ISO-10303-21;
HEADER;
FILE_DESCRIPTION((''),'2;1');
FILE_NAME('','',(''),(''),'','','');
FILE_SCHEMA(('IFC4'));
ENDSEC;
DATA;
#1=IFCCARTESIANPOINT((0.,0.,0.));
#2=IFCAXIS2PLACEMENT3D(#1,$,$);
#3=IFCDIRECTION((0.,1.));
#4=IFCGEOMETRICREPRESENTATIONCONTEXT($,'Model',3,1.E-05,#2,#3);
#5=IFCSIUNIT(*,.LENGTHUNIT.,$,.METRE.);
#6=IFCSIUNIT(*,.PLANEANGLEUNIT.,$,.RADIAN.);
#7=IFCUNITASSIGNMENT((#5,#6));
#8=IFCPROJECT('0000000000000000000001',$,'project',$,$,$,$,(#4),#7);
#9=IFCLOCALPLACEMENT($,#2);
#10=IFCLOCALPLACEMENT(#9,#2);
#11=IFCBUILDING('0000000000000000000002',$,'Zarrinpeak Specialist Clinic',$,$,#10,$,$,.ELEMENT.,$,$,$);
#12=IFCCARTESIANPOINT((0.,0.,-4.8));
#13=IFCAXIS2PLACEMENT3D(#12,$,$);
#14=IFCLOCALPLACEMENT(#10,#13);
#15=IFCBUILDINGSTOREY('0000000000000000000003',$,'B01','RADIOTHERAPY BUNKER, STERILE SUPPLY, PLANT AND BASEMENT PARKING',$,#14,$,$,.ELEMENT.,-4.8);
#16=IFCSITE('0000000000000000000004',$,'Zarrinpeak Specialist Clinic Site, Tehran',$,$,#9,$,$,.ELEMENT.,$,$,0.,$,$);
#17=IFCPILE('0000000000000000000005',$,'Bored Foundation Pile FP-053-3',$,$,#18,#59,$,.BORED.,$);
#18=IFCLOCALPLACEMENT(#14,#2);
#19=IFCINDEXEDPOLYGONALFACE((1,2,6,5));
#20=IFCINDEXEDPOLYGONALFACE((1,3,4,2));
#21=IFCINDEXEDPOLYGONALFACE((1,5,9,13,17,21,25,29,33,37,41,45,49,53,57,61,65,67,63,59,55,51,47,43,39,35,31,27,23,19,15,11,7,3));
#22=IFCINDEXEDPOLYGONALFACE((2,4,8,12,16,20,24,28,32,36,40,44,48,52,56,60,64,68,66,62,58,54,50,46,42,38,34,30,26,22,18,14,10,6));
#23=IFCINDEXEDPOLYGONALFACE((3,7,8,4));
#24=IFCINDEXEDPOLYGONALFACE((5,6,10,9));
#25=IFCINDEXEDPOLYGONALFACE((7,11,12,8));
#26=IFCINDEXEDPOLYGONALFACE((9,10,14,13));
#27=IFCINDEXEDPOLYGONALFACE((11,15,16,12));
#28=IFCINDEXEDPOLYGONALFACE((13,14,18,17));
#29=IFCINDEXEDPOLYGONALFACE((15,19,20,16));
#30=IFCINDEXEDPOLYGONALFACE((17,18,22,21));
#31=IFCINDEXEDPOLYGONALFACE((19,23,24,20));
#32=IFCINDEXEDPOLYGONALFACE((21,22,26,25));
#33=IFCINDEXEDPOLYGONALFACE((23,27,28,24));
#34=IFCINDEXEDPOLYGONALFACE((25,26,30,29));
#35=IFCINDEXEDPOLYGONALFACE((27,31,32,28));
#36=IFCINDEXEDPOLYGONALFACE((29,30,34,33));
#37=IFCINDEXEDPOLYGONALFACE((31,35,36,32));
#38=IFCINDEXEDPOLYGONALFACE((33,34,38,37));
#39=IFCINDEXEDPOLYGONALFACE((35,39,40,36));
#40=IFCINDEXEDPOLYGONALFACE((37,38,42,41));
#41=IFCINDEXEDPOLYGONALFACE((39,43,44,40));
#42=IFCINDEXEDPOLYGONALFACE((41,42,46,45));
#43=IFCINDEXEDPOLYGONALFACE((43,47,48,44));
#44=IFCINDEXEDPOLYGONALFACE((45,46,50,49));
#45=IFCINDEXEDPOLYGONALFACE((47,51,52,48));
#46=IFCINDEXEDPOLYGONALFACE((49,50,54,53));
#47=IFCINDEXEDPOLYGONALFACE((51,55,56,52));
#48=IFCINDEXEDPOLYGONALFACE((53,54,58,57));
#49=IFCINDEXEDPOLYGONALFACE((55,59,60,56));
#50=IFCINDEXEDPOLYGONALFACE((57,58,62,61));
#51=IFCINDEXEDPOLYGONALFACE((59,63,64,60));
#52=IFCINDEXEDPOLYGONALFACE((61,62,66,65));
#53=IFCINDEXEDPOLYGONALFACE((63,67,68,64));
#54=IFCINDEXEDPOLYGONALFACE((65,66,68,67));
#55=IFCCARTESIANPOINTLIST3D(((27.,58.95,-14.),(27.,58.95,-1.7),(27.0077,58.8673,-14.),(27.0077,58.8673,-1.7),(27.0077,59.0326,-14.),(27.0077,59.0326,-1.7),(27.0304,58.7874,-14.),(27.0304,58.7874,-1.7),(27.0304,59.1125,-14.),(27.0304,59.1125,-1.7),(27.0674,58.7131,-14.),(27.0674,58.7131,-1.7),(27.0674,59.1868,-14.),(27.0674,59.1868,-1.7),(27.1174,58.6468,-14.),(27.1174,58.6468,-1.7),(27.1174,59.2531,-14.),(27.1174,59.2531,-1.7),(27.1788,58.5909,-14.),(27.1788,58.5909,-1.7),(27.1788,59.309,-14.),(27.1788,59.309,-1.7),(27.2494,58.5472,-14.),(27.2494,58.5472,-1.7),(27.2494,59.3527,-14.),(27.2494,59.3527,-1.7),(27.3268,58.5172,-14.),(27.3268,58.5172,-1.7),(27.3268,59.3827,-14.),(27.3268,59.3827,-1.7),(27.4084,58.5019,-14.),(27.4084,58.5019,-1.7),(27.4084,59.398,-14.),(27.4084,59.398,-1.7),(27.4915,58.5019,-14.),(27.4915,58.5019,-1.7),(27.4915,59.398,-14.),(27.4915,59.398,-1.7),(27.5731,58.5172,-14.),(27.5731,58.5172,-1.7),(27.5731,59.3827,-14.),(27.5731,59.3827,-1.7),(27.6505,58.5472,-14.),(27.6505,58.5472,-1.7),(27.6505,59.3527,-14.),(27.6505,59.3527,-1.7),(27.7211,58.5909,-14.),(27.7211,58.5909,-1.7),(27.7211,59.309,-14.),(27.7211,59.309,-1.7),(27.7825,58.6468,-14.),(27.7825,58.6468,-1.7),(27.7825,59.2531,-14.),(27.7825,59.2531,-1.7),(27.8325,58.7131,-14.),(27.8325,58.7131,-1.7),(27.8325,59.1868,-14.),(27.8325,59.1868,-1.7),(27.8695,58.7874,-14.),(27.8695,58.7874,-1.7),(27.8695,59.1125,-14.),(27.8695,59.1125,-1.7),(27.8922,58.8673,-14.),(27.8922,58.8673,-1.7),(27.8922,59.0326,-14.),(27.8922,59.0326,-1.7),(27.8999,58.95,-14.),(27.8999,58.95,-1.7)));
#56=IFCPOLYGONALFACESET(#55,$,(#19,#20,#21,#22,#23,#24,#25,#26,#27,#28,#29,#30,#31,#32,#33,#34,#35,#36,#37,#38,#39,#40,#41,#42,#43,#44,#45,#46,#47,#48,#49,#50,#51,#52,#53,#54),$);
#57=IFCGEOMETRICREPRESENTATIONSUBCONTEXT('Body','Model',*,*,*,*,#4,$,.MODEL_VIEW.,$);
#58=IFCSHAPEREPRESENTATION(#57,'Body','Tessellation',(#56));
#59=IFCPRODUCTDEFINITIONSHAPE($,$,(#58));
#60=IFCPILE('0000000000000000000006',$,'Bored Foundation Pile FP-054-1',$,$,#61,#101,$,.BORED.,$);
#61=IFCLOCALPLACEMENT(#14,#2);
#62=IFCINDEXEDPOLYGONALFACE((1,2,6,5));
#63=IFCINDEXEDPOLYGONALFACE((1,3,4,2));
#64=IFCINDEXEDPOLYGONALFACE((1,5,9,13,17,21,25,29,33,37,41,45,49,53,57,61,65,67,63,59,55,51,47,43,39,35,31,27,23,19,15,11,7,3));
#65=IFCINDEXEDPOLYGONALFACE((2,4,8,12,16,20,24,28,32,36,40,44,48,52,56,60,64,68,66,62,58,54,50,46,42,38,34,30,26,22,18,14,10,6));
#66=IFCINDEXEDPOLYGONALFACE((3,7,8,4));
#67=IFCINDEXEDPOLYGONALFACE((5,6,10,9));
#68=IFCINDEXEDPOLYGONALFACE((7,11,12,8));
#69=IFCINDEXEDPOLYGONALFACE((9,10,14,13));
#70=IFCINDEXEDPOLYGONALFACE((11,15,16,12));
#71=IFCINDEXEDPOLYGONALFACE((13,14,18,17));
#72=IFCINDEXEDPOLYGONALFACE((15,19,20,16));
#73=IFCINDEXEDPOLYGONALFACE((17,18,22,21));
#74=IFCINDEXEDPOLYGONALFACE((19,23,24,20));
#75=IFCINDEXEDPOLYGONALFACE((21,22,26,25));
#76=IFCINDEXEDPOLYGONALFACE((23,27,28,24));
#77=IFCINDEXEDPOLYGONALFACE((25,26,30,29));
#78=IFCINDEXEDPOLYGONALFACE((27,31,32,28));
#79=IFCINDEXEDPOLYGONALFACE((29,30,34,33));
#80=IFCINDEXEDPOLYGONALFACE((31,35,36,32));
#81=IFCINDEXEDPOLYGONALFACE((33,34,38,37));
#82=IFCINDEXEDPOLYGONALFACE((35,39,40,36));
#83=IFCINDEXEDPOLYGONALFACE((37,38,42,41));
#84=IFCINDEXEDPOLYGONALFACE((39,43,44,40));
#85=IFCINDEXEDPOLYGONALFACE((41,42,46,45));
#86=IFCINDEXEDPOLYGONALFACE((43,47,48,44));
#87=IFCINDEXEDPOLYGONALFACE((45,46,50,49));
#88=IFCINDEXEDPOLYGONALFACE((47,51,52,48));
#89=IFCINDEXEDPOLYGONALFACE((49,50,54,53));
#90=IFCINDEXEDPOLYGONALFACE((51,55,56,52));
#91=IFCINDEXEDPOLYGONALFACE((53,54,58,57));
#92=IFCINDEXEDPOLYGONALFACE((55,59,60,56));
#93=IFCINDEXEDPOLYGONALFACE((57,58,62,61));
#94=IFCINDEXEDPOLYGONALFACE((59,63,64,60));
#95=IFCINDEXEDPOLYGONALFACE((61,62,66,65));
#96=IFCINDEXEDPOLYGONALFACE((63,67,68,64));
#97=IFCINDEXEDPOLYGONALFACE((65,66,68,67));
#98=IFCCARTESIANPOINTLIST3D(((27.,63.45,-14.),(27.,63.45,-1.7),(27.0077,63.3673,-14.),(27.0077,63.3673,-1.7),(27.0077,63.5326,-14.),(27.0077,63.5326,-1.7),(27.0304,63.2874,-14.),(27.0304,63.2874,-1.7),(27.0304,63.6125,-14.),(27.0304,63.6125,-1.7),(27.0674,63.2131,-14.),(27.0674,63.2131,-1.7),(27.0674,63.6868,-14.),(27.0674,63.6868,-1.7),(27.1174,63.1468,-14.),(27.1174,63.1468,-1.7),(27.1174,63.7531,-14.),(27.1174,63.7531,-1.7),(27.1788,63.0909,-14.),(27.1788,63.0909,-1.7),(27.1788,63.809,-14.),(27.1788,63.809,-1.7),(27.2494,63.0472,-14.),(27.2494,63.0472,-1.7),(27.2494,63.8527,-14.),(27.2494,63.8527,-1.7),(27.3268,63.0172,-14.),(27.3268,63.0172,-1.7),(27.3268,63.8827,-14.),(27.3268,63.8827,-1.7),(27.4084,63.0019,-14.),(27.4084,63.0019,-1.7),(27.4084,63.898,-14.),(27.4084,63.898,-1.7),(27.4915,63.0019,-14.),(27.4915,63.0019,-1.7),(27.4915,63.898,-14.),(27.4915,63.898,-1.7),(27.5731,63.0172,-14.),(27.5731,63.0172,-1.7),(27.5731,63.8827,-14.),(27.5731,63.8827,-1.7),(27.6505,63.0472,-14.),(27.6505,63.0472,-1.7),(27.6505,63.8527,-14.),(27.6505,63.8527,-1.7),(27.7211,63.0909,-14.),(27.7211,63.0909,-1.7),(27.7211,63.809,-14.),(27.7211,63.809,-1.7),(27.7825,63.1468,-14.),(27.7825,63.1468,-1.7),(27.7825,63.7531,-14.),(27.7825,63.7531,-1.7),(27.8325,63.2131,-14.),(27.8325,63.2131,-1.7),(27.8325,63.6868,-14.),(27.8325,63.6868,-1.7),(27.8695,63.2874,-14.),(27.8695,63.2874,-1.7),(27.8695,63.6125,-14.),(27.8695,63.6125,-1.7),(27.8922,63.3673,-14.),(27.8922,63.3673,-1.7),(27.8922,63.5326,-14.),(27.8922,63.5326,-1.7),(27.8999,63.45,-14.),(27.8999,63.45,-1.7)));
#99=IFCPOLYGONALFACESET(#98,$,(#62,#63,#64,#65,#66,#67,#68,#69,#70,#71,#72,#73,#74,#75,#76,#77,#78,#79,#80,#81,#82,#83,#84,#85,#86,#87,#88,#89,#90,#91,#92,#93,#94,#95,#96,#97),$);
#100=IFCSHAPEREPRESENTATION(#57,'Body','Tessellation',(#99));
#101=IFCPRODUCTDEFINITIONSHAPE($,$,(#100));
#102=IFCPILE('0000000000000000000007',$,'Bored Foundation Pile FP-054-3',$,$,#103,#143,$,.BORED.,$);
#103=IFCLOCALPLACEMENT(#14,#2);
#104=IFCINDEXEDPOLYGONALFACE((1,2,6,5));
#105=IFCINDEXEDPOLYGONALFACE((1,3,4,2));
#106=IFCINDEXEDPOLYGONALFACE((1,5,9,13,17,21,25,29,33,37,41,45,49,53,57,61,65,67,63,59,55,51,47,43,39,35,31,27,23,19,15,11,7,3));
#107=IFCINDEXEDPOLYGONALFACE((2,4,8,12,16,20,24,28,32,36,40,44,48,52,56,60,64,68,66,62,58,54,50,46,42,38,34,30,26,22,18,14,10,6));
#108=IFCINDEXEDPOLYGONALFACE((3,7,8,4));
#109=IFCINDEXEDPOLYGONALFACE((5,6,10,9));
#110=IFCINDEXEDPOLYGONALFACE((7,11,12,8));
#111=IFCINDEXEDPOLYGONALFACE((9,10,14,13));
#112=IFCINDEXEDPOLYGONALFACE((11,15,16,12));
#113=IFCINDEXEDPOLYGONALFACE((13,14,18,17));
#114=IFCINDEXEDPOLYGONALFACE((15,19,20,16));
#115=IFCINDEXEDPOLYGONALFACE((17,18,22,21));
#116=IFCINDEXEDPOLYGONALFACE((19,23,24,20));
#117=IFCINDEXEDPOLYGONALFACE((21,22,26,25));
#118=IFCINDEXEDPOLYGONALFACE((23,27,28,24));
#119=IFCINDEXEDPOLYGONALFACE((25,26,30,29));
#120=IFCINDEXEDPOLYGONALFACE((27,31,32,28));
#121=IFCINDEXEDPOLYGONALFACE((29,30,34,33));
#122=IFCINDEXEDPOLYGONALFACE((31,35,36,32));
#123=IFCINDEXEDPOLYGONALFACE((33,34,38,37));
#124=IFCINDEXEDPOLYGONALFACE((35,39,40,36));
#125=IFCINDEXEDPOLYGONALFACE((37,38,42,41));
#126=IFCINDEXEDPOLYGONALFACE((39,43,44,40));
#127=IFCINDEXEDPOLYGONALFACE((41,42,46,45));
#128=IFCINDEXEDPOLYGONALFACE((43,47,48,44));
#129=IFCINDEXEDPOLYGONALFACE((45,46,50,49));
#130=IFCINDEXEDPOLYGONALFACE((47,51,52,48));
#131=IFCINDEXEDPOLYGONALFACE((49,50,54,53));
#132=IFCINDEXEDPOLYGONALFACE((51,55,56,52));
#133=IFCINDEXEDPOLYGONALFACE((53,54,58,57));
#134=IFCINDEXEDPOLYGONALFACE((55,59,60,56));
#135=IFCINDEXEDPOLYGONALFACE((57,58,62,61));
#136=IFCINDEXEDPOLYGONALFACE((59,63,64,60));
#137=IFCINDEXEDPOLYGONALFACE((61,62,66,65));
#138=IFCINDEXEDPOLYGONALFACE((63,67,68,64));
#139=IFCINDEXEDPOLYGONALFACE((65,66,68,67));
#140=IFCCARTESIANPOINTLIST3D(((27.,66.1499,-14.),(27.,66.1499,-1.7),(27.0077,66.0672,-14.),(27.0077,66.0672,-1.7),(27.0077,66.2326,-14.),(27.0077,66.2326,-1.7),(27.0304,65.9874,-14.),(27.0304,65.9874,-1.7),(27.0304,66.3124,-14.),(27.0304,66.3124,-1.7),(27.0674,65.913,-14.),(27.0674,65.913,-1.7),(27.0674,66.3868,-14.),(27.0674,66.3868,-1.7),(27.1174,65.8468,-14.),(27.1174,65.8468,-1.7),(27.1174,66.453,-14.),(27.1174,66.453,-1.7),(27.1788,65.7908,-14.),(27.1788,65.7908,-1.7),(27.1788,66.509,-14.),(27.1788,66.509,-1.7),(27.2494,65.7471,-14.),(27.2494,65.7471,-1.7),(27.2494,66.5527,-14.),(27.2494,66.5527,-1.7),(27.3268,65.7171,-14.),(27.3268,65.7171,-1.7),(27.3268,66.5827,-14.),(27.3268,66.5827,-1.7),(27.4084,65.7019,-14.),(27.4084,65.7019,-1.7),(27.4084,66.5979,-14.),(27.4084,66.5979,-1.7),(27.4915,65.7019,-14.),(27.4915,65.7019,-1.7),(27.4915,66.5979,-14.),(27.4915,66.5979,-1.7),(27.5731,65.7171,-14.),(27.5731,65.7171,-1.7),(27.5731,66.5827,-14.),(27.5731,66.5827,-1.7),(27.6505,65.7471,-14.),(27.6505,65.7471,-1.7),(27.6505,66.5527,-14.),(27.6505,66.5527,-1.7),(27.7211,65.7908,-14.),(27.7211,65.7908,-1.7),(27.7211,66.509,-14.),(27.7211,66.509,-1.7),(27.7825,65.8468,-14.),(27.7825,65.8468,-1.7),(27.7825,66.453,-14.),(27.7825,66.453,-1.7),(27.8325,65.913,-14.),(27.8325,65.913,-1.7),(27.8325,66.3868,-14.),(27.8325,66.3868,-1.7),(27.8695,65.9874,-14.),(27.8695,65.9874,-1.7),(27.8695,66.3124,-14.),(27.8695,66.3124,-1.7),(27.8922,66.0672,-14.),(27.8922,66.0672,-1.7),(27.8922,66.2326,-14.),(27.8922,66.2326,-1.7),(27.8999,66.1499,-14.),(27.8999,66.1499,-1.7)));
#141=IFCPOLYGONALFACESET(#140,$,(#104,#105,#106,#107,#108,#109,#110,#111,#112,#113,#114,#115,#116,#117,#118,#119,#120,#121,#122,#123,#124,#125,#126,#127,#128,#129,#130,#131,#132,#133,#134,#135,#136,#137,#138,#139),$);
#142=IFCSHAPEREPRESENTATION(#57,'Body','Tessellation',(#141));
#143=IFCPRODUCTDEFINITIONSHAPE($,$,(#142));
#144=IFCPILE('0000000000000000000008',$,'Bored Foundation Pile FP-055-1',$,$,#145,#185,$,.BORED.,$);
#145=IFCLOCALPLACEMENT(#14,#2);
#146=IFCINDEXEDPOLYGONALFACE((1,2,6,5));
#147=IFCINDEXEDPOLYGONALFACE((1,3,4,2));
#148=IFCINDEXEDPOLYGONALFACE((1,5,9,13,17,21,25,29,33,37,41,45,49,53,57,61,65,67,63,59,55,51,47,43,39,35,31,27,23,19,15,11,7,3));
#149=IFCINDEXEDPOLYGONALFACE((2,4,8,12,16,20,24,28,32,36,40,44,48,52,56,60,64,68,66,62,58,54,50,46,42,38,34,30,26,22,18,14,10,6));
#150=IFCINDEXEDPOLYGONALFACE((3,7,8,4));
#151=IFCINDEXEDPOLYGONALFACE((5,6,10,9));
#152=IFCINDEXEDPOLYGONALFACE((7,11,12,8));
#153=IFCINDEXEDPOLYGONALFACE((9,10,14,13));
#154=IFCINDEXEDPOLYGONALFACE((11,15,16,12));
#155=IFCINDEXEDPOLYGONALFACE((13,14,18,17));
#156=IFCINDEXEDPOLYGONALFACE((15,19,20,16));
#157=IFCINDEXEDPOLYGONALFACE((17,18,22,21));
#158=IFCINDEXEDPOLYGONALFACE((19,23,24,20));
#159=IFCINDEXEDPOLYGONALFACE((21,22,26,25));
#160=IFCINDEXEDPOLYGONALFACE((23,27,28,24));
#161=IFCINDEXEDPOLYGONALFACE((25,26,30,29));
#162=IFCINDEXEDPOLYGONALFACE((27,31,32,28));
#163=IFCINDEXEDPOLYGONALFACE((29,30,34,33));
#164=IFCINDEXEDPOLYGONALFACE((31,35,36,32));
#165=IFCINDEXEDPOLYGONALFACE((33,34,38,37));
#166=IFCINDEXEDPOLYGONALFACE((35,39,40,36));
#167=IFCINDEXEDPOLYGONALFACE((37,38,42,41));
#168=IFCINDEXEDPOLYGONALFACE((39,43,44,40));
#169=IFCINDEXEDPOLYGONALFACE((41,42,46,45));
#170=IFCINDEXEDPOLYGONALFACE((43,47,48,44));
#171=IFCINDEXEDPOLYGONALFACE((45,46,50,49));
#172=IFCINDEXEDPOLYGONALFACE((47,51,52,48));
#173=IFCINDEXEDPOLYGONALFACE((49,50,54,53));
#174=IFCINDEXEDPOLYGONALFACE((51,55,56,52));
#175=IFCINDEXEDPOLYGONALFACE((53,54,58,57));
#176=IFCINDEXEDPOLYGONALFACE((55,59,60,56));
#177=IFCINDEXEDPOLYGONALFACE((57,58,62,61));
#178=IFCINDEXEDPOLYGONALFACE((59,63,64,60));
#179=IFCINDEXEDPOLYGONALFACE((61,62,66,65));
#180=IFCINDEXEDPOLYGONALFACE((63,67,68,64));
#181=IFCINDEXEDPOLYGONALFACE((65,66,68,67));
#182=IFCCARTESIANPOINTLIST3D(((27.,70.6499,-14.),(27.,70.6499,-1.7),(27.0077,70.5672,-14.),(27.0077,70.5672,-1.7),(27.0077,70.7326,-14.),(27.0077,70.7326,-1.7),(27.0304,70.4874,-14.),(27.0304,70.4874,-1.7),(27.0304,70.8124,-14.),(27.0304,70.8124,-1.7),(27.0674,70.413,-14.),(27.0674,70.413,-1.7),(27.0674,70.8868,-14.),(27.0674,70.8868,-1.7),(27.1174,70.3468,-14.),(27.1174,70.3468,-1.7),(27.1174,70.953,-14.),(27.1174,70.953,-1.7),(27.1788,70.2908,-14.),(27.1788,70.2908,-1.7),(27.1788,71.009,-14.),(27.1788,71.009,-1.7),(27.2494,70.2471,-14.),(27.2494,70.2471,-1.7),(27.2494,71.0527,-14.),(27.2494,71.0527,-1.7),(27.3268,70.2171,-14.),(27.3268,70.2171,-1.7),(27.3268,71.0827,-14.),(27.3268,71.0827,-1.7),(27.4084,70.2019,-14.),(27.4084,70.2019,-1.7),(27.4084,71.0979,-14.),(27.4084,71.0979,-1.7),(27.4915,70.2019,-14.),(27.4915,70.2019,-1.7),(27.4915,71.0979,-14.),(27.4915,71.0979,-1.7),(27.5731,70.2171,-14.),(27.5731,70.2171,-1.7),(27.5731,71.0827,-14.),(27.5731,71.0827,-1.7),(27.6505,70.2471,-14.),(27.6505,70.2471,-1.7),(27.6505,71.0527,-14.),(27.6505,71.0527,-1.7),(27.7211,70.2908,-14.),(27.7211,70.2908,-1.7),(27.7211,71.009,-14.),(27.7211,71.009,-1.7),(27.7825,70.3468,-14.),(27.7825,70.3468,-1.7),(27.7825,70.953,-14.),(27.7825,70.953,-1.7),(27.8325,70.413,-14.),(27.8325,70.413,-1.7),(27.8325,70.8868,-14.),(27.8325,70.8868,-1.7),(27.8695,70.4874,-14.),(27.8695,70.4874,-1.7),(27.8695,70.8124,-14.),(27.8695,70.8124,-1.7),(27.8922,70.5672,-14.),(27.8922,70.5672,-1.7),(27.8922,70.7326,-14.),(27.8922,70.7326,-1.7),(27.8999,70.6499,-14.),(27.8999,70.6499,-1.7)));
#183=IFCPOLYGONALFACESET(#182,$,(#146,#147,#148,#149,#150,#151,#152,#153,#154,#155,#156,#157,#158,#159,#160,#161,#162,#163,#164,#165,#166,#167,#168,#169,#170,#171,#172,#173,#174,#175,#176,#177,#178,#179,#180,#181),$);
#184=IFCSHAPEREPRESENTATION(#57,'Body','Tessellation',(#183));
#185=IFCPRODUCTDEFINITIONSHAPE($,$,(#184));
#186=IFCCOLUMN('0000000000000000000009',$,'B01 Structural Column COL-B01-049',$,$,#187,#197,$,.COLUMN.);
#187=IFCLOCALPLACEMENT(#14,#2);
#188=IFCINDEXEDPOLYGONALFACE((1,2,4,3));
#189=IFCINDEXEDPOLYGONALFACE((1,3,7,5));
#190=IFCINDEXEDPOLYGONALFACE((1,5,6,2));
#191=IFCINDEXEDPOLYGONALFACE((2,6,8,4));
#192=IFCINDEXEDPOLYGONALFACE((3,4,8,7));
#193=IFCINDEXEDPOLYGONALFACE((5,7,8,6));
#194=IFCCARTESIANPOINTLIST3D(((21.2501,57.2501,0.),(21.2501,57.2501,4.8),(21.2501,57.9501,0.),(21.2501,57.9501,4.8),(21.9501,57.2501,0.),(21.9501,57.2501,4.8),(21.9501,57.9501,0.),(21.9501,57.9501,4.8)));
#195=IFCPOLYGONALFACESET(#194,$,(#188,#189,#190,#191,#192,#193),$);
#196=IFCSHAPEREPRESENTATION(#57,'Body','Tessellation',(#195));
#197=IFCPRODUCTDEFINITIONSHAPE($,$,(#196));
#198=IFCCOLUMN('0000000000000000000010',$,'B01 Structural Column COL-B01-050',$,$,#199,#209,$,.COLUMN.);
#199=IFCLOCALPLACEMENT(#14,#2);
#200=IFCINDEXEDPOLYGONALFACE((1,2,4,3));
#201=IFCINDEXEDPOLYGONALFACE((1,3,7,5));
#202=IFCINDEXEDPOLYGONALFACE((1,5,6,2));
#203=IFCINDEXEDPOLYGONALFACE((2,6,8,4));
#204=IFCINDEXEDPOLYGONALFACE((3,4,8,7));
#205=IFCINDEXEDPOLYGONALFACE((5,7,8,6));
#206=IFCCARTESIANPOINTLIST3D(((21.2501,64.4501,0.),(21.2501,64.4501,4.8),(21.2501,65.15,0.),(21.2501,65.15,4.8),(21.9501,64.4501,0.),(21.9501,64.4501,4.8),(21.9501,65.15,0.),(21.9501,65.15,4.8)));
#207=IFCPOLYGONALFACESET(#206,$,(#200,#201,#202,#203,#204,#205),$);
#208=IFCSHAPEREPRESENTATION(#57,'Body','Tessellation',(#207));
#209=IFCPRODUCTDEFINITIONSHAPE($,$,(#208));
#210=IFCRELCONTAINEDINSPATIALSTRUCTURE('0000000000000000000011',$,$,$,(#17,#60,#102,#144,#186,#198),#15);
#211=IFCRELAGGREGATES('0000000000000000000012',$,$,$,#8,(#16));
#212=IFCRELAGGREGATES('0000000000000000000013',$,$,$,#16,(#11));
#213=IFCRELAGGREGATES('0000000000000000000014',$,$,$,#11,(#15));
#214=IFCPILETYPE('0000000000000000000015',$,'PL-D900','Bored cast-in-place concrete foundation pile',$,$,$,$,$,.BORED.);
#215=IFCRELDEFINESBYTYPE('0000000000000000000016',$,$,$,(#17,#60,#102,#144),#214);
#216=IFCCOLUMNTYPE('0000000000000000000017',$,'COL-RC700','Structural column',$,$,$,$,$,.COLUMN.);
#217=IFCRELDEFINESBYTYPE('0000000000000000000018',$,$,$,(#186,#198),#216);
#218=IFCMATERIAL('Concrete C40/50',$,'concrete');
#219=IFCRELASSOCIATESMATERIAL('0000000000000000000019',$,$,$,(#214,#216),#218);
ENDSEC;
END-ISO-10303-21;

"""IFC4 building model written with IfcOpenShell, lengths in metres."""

from ifc_helpers import new_model, si_unit, direction, frame, origin, origin_2d, place, context, subcontext, project, spatial, rectangle, circle, extrude, material, material_profile, profile_set, type_object, element, save


model = new_model("IFC4")

# Units and contexts
model_context = context("Model", 3, precision=1e-05, world=origin(), true_north=direction((0.0, 1.0)))
body_context = subcontext(model_context, "Body", "Model", "MODEL_VIEW")
ifc_project = project(units=[si_unit("LENGTHUNIT", "METRE"), si_unit("PLANEANGLEUNIT", "RADIAN")], contexts=[model_context])

# Site, building, storey
site_placement = place(None, origin())
site = spatial("IfcSite", under=ifc_project, at=site_placement, Name="Zarrinpeak Specialist Clinic Site, Tehran", CompositionType="ELEMENT", RefElevation=0.0)
building_placement = place(site_placement, origin())
building = spatial("IfcBuilding", under=site, at=building_placement, Name="Zarrinpeak Specialist Clinic", CompositionType="ELEMENT")
storey_placement = place(building_placement, frame((0.0, 0.0, -4.8)))
storey = spatial("IfcBuildingStorey", under=building, at=storey_placement, Name="B01", Description="RADIOTHERAPY BUNKER, STERILE SUPPLY, PLANT AND BASEMENT PARKING", CompositionType="ELEMENT", Elevation=-4.8)

# Shared definitions
ifc_material_1 = material(Name="Concrete C40/50", Category="concrete")

# Piles
ifc_material_profile_1 = material_profile(ifc_material_1, circle(Radius=0.45, at=origin_2d()), Name="BORED PILE D900")
ifc_profile_set_1 = profile_set([ifc_material_profile_1], Name="Concrete C40/50")
pile_type = type_object("IfcPileType", Name="PL-D900", Description="Bored cast-in-place concrete foundation pile", PredefinedType="BORED", material=ifc_profile_set_1)
for number, where, z_axis, x_axis, name in (
    (1, (27.45, 58.95, -1.7), (0.0, 0.0, -1.0), (1.0, 0.0, 0.0), "Bored Foundation Pile FP-053-3"),
    (2, (27.45, 63.45, -1.7), (0.0, 0.0, -1.0), (1.0, 0.0, 0.0), "Bored Foundation Pile FP-054-1"),
    (3, (27.45, 66.1499, -1.7), (0.0, 0.0, -1.0), (1.0, 0.0, 0.0), "Bored Foundation Pile FP-054-3"),
    (4, (27.45, 70.6499, -1.7), (0.0, 0.0, -1.0), (1.0, 0.0, 0.0), "Bored Foundation Pile FP-055-1"),
):
    element("IfcPile", number, at=place(storey_placement, frame(where, z_axis=z_axis, x_axis=x_axis)), inside=storey, type_object=pile_type, Name=name, PredefinedType="BORED", context=body_context, shape_type="SweptSolid", body=[
        extrude(circle(Radius=0.45, at=origin_2d()), origin(), (0.0, 0.0, 1.0), 12.3),
    ])

# Columns
ifc_material_profile_2 = material_profile(ifc_material_1, rectangle(XDim=0.7, YDim=0.7, at=origin_2d()), Name="RC 700x700")
ifc_profile_set_2 = profile_set([ifc_material_profile_2], Name="Concrete C40/50")
column_type = type_object("IfcColumnType", Name="COL-RC700", Description="Structural column", PredefinedType="COLUMN", material=ifc_profile_set_2)
for number, where, z_axis, x_axis, name in (
    (5, (21.6001, 57.6001, 0.0), (0.0, 0.0, 1.0), (1.0, 0.0, 0.0), "B01 Structural Column COL-B01-049"),
    (6, (21.6001, 64.8, 0.0), (0.0, 0.0, 1.0), (1.0, 0.0, 0.0), "B01 Structural Column COL-B01-050"),
):
    element("IfcColumn", number, at=place(storey_placement, frame(where, z_axis=z_axis, x_axis=x_axis)), inside=storey, type_object=column_type, Name=name, PredefinedType="COLUMN", context=body_context, shape_type="SweptSolid", body=[
        extrude(rectangle(XDim=0.7, YDim=0.7, at=origin_2d()), origin(), (0.0, 0.0, 1.0), 4.8),
    ])

save(model, "model.ifc")
